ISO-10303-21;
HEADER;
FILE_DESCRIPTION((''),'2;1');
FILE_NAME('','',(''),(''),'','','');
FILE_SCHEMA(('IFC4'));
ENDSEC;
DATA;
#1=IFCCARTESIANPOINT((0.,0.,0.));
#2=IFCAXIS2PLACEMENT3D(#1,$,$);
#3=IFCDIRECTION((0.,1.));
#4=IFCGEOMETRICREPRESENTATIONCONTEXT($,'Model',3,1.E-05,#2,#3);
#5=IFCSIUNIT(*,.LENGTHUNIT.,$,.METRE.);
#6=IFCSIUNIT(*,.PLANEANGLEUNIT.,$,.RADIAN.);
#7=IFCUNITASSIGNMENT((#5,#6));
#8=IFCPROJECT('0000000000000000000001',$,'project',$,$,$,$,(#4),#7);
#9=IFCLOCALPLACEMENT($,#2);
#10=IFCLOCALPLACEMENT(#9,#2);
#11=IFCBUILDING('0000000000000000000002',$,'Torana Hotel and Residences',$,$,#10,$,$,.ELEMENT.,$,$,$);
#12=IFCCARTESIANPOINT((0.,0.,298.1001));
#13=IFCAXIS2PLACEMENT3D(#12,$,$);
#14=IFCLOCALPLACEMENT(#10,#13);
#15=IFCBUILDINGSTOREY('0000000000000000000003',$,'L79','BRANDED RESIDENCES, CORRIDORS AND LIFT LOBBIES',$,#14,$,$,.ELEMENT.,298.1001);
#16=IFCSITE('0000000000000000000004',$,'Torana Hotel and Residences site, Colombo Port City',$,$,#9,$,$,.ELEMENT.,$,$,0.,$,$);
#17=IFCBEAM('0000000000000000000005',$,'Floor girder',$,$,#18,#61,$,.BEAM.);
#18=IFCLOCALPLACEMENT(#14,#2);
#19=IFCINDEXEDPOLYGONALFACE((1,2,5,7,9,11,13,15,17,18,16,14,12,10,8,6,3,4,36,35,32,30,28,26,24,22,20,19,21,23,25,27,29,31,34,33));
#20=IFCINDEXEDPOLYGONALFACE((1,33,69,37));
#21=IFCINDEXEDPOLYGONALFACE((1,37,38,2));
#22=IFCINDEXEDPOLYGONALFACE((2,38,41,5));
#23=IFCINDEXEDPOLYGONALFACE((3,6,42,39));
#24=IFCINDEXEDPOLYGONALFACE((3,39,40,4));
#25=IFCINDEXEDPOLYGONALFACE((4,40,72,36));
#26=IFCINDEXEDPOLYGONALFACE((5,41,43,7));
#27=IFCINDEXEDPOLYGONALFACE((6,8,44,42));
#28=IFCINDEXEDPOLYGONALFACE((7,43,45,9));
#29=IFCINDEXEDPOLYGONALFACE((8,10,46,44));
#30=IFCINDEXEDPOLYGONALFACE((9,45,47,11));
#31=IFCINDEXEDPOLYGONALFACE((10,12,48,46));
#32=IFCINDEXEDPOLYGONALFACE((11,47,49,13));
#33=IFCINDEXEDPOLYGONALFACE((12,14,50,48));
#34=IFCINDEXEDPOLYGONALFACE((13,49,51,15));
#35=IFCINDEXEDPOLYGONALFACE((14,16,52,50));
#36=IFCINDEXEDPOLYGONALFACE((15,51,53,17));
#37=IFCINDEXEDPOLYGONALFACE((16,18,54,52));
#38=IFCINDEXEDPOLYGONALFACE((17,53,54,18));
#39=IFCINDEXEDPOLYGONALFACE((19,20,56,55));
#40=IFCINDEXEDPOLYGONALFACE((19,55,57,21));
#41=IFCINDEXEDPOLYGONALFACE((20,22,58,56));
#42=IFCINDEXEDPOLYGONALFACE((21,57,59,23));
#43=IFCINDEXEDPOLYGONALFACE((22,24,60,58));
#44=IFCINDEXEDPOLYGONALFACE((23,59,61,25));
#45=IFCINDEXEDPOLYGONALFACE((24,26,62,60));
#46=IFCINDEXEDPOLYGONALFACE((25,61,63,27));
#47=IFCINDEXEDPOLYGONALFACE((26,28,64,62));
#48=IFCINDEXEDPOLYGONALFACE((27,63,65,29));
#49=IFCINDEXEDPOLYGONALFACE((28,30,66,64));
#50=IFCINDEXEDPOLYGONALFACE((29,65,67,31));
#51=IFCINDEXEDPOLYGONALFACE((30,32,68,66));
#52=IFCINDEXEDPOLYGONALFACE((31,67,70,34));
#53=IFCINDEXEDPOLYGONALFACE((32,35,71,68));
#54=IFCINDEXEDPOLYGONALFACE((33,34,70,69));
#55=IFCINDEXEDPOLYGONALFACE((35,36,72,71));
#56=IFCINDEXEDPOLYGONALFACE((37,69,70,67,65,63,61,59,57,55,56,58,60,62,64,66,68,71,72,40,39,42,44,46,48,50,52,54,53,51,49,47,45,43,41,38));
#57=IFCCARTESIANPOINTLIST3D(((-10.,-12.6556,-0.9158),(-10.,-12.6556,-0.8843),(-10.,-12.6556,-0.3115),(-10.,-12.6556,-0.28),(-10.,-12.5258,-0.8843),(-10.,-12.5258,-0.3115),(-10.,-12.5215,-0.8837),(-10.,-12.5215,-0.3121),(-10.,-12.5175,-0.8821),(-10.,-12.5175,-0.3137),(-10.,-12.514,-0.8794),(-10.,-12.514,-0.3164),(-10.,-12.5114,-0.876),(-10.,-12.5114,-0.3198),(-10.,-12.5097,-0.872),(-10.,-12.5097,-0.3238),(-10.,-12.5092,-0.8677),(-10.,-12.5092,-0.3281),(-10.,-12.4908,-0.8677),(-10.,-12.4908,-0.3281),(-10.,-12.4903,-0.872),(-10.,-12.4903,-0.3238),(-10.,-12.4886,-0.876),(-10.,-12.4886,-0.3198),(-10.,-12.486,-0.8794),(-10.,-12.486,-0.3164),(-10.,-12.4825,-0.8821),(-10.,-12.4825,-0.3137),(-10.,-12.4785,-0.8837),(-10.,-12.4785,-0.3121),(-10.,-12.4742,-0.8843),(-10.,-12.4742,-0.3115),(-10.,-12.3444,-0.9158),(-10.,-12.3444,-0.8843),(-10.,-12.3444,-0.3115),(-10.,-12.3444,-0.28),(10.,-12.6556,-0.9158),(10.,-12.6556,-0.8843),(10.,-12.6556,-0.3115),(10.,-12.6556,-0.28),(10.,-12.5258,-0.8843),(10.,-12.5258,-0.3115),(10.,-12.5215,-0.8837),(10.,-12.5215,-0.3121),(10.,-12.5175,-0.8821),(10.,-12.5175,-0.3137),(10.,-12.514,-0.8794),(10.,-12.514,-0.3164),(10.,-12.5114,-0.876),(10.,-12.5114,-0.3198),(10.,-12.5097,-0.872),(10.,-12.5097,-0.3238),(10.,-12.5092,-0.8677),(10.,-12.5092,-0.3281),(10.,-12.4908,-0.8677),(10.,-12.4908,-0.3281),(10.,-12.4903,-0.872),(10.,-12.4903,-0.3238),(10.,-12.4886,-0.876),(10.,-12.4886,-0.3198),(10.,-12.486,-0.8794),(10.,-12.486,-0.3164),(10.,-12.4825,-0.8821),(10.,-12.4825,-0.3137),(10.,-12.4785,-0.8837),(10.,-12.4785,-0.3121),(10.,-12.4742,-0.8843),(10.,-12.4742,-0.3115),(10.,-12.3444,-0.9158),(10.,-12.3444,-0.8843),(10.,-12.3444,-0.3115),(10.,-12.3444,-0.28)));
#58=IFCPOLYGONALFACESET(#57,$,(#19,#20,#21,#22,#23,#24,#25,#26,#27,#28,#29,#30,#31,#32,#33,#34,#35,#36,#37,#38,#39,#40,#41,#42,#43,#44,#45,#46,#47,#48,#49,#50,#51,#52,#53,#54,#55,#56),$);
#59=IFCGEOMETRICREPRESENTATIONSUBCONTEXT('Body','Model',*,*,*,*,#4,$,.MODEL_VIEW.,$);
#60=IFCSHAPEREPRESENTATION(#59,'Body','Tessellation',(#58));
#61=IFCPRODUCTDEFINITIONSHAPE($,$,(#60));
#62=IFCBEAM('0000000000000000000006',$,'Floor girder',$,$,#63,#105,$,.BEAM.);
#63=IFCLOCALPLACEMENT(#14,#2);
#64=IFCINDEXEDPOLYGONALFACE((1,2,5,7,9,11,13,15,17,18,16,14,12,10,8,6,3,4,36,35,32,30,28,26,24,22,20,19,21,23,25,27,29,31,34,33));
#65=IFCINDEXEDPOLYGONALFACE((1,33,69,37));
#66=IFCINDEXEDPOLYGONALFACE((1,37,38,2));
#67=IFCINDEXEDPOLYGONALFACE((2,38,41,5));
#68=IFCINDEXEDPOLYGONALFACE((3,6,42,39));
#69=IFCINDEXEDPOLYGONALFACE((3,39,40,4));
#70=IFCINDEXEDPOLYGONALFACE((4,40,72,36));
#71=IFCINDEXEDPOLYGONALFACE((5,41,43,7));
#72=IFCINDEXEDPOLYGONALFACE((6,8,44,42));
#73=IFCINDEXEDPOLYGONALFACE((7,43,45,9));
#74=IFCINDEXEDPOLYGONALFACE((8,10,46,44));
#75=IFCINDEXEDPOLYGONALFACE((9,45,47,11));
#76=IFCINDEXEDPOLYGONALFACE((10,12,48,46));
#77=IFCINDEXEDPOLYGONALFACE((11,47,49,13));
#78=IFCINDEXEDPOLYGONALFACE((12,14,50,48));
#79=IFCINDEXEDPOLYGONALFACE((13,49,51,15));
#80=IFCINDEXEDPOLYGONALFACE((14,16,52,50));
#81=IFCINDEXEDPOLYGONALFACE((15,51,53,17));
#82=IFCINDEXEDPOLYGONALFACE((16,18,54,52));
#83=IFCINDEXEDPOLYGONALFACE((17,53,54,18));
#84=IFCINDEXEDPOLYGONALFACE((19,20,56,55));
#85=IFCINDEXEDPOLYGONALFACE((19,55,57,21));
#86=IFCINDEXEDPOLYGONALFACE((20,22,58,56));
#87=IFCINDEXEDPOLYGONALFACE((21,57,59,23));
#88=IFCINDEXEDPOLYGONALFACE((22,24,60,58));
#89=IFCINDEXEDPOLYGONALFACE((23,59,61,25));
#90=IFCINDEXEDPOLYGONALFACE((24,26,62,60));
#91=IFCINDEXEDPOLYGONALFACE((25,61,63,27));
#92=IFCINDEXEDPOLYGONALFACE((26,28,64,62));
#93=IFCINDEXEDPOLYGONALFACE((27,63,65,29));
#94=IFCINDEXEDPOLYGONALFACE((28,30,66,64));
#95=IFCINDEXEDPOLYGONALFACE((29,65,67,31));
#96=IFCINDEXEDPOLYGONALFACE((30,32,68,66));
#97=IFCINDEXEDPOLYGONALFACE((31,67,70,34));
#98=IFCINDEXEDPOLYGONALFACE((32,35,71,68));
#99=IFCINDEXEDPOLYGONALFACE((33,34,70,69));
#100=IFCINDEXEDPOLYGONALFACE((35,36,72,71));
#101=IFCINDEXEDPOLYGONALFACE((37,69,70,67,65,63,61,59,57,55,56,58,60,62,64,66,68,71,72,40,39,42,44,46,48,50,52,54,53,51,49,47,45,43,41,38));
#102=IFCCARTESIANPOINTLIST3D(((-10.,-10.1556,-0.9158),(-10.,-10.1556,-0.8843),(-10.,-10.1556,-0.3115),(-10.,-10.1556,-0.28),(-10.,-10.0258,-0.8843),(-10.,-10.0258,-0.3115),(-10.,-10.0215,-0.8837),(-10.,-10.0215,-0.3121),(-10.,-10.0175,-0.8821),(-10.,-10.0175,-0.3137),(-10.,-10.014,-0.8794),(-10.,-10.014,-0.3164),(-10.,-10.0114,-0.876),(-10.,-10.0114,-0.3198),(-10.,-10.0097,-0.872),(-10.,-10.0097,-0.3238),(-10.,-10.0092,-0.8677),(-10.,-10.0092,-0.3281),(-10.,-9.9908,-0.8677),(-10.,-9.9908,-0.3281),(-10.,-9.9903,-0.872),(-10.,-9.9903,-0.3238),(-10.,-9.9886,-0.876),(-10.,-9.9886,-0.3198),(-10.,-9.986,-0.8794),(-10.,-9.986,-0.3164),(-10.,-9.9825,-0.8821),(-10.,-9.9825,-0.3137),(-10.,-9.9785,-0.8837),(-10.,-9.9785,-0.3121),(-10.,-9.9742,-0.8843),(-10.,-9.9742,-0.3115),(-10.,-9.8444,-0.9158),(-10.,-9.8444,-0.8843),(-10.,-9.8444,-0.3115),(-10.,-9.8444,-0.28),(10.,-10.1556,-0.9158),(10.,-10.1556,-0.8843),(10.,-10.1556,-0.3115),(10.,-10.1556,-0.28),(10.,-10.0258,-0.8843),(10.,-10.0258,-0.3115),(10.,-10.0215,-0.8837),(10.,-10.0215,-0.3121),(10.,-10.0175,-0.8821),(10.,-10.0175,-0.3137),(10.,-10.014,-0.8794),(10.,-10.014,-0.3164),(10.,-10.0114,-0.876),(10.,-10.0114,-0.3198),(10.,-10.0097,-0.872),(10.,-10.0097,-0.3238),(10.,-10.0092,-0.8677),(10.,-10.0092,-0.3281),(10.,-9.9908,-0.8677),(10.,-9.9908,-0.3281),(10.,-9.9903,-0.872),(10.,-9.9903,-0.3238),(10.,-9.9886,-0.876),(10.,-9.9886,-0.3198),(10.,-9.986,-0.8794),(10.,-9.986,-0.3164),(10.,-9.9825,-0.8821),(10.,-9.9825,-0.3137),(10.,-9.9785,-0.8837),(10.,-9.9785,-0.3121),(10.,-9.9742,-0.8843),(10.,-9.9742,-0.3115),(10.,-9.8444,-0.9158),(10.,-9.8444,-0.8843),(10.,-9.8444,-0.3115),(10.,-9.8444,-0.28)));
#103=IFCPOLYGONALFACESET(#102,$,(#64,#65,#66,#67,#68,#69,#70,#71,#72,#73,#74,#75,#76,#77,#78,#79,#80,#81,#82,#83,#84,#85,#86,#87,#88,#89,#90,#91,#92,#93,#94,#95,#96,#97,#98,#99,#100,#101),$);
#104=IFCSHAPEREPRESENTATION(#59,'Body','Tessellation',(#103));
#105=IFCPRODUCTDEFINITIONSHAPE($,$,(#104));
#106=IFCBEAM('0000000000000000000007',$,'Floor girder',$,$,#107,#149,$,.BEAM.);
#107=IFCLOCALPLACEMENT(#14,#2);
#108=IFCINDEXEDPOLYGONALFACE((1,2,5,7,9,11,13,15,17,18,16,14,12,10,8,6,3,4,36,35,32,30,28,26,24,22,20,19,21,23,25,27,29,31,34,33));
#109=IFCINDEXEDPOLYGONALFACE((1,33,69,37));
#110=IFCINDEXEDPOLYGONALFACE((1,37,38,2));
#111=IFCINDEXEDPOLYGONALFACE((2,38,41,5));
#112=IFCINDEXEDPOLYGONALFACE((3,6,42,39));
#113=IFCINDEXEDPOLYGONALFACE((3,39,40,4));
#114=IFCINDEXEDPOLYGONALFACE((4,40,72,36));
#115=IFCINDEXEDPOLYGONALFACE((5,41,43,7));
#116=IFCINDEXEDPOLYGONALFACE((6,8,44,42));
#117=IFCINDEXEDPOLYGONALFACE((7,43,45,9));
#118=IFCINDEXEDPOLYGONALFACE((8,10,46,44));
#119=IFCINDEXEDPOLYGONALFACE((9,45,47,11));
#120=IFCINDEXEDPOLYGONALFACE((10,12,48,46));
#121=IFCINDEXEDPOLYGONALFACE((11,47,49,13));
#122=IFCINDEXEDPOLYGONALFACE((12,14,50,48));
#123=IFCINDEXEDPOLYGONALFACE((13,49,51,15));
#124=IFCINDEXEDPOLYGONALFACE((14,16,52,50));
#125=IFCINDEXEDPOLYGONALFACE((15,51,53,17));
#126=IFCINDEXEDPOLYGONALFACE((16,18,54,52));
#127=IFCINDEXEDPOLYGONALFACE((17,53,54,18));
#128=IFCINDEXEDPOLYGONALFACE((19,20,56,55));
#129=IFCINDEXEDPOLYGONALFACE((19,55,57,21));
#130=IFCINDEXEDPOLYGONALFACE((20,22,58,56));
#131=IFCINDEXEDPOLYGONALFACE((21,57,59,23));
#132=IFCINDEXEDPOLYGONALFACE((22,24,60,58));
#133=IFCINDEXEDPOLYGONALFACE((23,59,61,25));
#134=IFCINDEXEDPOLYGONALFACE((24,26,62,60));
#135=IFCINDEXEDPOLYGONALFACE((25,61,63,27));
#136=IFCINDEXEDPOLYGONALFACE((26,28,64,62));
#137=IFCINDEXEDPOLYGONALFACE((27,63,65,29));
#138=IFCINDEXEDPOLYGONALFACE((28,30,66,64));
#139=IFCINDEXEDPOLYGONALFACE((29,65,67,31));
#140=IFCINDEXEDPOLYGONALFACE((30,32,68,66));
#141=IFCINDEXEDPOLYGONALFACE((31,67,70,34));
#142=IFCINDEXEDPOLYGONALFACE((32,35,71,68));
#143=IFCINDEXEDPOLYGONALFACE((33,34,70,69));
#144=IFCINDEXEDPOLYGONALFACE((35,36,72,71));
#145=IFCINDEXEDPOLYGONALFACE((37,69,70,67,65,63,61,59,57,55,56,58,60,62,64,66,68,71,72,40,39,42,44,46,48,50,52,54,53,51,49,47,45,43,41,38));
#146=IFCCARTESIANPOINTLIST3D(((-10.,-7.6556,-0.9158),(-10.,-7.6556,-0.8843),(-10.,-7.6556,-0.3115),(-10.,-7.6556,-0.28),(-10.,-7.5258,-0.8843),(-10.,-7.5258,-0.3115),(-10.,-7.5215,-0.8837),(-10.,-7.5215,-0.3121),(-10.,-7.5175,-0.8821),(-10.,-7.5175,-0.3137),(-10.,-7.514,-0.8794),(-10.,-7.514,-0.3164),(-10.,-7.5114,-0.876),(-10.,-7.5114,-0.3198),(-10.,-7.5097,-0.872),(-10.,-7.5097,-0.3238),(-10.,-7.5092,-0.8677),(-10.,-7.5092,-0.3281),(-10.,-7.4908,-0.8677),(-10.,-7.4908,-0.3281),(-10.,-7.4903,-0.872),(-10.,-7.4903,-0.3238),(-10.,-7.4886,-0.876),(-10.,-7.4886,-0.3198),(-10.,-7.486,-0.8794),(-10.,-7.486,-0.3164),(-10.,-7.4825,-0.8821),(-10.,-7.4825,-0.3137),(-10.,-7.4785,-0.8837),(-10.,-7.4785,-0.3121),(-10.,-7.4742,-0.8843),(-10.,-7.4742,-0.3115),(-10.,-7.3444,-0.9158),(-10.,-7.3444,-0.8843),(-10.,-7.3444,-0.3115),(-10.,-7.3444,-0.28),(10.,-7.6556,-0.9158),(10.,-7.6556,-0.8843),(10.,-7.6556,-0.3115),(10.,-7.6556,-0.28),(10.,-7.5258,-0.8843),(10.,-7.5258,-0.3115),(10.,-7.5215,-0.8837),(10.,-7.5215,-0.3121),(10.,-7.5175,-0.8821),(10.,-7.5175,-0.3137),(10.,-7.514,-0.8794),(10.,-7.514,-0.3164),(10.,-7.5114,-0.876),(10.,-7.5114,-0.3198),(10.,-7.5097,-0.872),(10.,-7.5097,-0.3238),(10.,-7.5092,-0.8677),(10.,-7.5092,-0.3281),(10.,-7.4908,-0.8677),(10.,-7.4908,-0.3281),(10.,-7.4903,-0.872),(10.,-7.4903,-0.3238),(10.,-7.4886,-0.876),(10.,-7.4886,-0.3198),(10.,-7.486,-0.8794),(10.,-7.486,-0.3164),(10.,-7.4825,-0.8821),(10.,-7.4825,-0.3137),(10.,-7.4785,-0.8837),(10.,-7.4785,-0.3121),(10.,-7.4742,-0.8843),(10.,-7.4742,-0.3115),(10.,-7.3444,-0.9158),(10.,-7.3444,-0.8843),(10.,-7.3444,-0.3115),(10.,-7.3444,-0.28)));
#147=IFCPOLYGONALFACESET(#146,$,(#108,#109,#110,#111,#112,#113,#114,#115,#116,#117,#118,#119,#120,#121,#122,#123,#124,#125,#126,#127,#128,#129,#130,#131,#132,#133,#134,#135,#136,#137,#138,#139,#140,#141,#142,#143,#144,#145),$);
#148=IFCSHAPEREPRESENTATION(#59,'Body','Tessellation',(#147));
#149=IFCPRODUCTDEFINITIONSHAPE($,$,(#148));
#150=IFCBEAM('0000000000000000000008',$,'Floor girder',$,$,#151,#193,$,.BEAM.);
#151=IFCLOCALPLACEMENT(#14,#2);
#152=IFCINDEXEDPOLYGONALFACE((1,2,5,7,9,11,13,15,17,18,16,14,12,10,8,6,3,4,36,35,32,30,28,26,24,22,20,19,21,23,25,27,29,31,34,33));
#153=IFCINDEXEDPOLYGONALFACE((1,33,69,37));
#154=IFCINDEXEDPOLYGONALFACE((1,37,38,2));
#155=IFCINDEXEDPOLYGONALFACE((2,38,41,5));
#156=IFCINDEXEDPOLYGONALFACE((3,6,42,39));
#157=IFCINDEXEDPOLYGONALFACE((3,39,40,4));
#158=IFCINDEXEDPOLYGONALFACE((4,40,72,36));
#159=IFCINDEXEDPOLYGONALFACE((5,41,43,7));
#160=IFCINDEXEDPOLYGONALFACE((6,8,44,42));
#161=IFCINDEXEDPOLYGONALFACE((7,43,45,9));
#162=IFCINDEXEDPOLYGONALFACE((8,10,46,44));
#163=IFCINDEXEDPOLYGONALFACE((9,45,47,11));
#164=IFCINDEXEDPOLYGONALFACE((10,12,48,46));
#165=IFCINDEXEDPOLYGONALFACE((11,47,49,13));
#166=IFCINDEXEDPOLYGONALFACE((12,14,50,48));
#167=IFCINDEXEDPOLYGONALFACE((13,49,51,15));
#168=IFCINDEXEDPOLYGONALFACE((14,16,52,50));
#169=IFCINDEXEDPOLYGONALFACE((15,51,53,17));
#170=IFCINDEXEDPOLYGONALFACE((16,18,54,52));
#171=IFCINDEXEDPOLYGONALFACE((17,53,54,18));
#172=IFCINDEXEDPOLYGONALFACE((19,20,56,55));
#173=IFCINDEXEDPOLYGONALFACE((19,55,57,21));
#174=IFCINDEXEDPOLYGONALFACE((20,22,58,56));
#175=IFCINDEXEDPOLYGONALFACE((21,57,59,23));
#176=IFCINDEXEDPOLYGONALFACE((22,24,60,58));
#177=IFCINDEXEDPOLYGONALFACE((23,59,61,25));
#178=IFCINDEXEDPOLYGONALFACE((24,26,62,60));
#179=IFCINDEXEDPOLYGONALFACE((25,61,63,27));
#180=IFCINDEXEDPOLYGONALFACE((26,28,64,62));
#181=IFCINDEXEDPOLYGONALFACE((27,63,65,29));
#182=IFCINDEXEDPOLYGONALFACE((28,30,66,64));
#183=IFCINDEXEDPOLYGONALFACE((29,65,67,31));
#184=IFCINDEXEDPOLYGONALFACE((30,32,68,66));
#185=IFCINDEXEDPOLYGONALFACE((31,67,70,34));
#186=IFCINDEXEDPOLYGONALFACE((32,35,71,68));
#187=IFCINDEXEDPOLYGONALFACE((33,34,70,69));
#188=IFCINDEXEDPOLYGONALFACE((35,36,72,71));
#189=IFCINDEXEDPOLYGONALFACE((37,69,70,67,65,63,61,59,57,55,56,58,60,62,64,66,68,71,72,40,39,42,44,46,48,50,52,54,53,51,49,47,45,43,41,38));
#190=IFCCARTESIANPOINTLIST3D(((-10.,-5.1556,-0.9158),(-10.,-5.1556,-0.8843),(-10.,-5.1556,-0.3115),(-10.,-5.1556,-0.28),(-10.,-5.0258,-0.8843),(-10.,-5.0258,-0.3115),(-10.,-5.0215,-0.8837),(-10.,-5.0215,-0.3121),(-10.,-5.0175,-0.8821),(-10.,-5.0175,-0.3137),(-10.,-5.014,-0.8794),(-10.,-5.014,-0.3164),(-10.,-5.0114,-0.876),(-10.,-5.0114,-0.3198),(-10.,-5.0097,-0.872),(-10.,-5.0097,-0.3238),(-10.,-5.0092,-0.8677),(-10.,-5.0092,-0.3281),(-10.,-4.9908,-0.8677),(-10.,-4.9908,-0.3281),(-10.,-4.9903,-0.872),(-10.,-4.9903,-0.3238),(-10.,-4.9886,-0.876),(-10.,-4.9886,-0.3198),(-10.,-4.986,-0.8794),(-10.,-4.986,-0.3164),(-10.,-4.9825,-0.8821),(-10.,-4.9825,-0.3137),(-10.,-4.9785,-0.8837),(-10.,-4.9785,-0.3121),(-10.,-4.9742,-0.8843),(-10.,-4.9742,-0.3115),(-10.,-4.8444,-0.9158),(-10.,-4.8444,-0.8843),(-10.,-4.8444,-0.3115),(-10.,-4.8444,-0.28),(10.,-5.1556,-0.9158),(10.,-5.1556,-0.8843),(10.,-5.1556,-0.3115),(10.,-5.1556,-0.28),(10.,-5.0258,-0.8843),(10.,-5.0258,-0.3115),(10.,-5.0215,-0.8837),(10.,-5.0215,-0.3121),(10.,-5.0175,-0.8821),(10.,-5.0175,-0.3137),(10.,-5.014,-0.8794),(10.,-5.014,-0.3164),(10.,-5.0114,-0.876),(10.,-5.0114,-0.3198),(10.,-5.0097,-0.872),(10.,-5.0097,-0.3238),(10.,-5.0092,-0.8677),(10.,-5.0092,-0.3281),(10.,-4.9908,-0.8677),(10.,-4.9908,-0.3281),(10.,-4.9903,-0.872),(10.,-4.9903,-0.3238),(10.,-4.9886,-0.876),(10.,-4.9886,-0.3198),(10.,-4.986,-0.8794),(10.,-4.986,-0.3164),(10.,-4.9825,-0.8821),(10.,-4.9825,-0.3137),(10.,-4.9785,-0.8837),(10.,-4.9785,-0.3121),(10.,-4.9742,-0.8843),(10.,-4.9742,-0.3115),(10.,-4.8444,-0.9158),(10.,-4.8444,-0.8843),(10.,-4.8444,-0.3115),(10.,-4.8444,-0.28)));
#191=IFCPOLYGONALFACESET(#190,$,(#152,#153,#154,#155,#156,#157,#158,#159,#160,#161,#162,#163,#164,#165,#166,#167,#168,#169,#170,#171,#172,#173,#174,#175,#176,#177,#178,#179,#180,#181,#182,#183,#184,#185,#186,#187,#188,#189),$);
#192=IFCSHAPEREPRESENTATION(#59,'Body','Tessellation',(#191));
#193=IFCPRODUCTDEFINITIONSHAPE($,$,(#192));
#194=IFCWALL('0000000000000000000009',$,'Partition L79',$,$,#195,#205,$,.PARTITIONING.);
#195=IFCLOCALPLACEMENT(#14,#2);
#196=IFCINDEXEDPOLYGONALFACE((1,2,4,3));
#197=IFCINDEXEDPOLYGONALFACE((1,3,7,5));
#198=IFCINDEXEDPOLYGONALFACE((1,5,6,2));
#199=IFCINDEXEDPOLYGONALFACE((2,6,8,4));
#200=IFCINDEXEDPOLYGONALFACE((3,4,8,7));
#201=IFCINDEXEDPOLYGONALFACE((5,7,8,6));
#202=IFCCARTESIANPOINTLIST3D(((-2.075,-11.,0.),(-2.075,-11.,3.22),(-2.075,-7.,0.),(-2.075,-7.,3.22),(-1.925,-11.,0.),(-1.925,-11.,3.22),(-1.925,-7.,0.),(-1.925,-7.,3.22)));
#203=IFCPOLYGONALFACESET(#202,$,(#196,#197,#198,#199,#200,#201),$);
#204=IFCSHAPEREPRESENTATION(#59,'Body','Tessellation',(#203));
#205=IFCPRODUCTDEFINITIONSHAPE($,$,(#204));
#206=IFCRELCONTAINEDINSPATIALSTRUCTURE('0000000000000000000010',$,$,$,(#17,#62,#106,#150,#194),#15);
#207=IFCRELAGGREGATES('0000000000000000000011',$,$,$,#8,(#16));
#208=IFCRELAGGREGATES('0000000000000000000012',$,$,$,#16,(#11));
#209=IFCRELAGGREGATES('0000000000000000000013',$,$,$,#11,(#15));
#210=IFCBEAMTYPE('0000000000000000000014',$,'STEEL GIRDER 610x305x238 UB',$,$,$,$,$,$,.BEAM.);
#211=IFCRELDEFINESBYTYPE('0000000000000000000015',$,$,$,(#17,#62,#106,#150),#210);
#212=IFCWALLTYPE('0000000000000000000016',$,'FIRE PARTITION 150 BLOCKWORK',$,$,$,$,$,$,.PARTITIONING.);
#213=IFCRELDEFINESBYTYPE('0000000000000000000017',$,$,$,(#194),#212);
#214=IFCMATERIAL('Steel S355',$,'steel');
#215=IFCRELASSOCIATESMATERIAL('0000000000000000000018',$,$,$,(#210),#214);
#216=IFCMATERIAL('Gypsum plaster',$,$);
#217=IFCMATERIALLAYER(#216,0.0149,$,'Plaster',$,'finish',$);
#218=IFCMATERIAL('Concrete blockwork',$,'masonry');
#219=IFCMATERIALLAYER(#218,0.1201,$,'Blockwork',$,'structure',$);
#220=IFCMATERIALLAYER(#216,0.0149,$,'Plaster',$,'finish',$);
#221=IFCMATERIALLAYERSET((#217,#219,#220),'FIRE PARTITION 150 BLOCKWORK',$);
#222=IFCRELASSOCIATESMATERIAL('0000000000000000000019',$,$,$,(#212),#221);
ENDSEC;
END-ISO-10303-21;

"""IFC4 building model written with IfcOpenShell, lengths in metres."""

from ifc_helpers import new_model, si_unit, direction, frame, frame_2d, origin, origin_2d, place, context, subcontext, project, spatial, rectangle, i_section, extrude, material, layer, layer_set, material_profile, profile_set, type_object, element, save


model = new_model("IFC4")

# Units and contexts
model_context = context("Model", 3, precision=1e-05, world=origin(), true_north=direction((0.0, 1.0)))
body_context = subcontext(model_context, "Body", "Model", "MODEL_VIEW")
ifc_project = project(units=[si_unit("LENGTHUNIT", "METRE"), si_unit("PLANEANGLEUNIT", "RADIAN")], contexts=[model_context])

# Site, building, storey
site_placement = place(None, origin())
site = spatial("IfcSite", under=ifc_project, at=site_placement, Name="Torana Hotel and Residences site, Colombo Port City", CompositionType="ELEMENT", RefElevation=0.0)
building_placement = place(site_placement, origin())
building = spatial("IfcBuilding", under=site, at=building_placement, Name="Torana Hotel and Residences", CompositionType="ELEMENT")
storey_placement = place(building_placement, frame((0.0, 0.0, 298.1001)))
storey = spatial("IfcBuildingStorey", under=building, at=storey_placement, Name="L79", Description="BRANDED RESIDENCES, CORRIDORS AND LIFT LOBBIES", CompositionType="ELEMENT", Elevation=298.1001)

# Beams
ifc_material_1 = material(Name="Steel S355", Category="steel")
ifc_material_profile = material_profile(ifc_material_1, i_section(OverallWidth=0.3113, OverallDepth=0.6357, WebThickness=0.0183, FlangeThickness=0.0315, FilletRadius=0.0166, at=origin_2d()), Name="610x305x238 UB")
ifc_profile_set = profile_set([ifc_material_profile], Name="Steel S355")
beam_type = type_object("IfcBeamType", Name="STEEL GIRDER 610x305x238 UB", PredefinedType="BEAM", material=ifc_profile_set)
for number, where, z_axis, x_axis, name in (
    (1, (-10.0, -12.5, -0.5979), (1.0, 0.0, 0.0), (0.0, 1.0, 0.0), "Floor girder"),
    (2, (-10.0, -10.0, -0.5979), (1.0, 0.0, 0.0), (0.0, 1.0, 0.0), "Floor girder"),
    (3, (-10.0, -7.5, -0.5979), (1.0, 0.0, 0.0), (0.0, 1.0, 0.0), "Floor girder"),
    (4, (-10.0, -5.0, -0.5979), (1.0, 0.0, 0.0), (0.0, 1.0, 0.0), "Floor girder"),
):
    element("IfcBeam", number, at=place(storey_placement, frame(where, z_axis=z_axis, x_axis=x_axis)), inside=storey, type_object=beam_type, Name=name, PredefinedType="BEAM", context=body_context, shape_type="SweptSolid", body=[
        extrude(i_section(OverallWidth=0.3113, OverallDepth=0.6357, WebThickness=0.0183, FlangeThickness=0.0315, FilletRadius=0.0166, at=origin_2d()), origin(), (0.0, 0.0, 1.0), 20.0),
    ])

# Wall
ifc_material_2 = material(Name="Gypsum plaster")
ifc_layer_1 = layer(ifc_material_2, 0.0149, Name="Plaster", Category="finish")
ifc_material_3 = material(Name="Concrete blockwork", Category="masonry")
ifc_layer_2 = layer(ifc_material_3, 0.1201, Name="Blockwork", Category="structure")
ifc_layer_3 = layer(ifc_material_2, 0.0149, Name="Plaster", Category="finish")
ifc_layer_set_1 = layer_set([ifc_layer_1, ifc_layer_2, ifc_layer_3], Name="FIRE PARTITION 150 BLOCKWORK")
wall_type_1 = type_object("IfcWallType", Name="FIRE PARTITION 150 BLOCKWORK", PredefinedType="PARTITIONING", material=ifc_layer_set_1)
wall_1_placement = place(storey_placement, frame((-2.0, -11.0, 0.0), z_axis=(0.0, 0.0, 1.0), x_axis=(0.0, 1.0, 0.0)))
element("IfcWall", 5, at=wall_1_placement, inside=storey, type_object=wall_type_1, Name="Partition L79", PredefinedType="PARTITIONING", context=body_context, shape_type="SweptSolid", body=[
    extrude(rectangle(XDim=4.0, YDim=0.1499, at=frame_2d((2.0, 0.0))), origin(), (0.0, 0.0, 1.0), 3.22),
])

save(model, "model.ifc")
